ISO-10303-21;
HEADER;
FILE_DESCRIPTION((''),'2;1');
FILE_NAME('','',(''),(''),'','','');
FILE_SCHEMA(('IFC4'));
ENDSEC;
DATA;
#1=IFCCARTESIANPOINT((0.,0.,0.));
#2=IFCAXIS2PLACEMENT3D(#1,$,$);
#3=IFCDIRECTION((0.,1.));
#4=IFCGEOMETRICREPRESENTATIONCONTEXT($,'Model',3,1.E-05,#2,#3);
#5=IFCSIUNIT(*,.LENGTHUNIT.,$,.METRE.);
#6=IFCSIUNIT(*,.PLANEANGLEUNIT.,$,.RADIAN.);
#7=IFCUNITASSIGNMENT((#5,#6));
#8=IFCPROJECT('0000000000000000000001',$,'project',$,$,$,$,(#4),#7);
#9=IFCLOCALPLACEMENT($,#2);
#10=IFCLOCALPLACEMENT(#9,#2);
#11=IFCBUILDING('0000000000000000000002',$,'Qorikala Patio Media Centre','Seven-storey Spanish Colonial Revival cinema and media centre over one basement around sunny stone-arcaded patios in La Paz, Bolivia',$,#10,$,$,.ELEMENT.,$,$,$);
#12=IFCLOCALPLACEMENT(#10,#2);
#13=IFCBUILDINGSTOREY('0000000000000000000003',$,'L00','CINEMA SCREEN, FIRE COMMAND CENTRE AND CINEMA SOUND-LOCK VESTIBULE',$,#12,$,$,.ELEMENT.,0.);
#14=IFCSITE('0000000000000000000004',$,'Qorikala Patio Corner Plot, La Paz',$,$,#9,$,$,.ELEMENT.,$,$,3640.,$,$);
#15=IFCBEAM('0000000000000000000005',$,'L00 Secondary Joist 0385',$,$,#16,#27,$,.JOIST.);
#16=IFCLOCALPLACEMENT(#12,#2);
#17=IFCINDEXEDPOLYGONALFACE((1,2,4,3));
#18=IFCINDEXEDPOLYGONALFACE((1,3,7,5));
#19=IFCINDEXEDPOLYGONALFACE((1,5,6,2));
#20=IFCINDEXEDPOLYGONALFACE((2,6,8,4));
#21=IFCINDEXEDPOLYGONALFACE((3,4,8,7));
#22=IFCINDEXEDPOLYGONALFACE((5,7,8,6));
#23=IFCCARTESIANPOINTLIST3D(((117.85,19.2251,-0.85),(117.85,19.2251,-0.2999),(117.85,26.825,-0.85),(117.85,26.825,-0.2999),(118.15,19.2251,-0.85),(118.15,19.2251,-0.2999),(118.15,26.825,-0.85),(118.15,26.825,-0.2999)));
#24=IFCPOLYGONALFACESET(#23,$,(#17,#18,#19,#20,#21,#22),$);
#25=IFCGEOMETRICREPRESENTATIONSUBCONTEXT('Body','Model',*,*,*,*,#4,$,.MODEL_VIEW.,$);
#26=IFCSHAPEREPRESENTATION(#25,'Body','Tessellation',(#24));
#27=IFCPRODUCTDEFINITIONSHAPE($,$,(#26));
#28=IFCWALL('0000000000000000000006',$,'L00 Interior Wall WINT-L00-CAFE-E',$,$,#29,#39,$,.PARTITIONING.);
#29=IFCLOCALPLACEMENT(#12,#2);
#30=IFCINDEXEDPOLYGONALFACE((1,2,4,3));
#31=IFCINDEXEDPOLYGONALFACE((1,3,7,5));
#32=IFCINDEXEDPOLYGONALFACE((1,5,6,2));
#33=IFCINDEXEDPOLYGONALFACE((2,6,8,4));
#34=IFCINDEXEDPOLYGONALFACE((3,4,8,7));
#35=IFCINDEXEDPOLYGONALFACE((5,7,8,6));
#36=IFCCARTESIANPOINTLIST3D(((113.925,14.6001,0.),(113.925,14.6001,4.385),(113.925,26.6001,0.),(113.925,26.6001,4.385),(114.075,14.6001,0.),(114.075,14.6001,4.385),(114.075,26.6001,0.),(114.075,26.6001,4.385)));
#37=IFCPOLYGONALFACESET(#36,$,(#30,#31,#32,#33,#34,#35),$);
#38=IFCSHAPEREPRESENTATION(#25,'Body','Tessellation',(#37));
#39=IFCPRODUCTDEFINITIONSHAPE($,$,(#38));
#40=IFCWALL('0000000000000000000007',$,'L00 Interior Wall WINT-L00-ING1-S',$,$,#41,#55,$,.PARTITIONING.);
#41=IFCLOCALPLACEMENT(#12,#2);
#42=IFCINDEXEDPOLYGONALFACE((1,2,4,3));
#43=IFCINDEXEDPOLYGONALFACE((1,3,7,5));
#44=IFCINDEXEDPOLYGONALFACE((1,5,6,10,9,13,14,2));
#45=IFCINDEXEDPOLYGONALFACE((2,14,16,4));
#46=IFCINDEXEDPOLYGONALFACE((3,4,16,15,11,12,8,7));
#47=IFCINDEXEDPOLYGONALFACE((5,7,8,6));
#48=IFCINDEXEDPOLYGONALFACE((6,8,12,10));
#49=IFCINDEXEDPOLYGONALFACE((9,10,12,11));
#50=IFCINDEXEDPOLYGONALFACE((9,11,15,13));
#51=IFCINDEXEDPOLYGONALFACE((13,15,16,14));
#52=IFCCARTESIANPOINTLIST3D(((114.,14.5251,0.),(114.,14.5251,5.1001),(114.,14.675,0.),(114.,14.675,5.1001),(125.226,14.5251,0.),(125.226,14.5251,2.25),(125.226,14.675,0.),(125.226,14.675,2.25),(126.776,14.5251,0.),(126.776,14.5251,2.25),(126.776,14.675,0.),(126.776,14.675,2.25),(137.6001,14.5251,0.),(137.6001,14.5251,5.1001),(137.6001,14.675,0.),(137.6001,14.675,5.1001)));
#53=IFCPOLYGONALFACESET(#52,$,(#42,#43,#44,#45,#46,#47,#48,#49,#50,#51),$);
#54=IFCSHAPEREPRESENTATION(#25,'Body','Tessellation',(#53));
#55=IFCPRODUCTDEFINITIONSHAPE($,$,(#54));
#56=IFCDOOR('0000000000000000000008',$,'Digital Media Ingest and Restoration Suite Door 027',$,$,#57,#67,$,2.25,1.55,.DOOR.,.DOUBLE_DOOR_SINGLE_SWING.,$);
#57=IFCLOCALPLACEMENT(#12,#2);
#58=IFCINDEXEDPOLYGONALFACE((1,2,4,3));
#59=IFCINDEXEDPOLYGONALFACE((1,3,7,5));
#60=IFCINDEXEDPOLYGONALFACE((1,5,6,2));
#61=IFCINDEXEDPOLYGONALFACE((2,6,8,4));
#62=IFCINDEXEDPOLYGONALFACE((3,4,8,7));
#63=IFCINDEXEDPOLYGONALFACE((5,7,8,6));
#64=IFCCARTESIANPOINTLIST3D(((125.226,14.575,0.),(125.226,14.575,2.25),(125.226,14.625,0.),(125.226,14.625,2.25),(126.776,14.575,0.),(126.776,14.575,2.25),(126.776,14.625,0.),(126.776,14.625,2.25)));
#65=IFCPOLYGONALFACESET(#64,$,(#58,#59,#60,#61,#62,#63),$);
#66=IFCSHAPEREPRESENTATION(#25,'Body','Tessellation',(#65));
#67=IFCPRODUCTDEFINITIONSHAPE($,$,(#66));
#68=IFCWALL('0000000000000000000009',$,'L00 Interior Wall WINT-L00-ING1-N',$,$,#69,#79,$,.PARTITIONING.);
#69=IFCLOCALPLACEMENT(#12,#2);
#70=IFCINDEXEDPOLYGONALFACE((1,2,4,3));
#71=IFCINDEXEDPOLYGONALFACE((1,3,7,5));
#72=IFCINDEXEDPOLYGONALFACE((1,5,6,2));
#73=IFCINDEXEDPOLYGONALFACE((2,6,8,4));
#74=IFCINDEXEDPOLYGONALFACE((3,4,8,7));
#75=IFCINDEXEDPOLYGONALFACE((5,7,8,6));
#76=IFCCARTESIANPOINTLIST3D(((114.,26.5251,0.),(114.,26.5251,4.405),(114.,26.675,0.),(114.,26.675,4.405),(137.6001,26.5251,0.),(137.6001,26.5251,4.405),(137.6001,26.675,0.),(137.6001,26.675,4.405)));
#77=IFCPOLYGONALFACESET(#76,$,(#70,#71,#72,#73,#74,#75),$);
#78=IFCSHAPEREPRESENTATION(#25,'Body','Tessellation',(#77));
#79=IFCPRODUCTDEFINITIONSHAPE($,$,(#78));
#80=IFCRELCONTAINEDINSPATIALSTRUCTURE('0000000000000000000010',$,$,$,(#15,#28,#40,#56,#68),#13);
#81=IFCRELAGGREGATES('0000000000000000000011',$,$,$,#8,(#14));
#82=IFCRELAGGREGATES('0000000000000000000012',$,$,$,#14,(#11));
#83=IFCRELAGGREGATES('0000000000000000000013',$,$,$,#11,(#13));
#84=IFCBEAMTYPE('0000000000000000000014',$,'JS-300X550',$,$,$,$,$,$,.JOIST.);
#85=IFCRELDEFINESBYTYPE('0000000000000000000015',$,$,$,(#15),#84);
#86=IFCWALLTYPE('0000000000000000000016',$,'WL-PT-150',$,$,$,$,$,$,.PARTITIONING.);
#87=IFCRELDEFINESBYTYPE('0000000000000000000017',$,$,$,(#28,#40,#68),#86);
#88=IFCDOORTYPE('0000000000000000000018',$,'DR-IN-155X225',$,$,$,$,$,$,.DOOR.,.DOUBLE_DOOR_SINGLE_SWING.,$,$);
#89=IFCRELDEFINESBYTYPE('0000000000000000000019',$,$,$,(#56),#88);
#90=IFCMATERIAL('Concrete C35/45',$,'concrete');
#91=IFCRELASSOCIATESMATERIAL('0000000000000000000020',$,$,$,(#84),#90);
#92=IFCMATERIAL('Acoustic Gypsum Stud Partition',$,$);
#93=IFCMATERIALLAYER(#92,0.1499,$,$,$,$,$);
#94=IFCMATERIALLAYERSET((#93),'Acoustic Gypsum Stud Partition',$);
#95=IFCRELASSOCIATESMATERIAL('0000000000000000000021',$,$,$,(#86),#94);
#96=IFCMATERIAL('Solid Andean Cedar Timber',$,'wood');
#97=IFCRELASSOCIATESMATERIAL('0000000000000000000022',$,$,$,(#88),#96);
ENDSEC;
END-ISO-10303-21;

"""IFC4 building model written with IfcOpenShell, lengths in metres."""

from ifc_helpers import new_model, si_unit, direction, frame, frame_2d, origin, origin_2d, place, context, subcontext, project, spatial, rectangle, extrude, material, layer, layer_set, material_profile, profile_set, type_object, element, fill, save


model = new_model("IFC4")

# Units and contexts
model_context = context("Model", 3, precision=1e-05, world=origin(), true_north=direction((0.0, 1.0)))
body_context = subcontext(model_context, "Body", "Model", "MODEL_VIEW")
ifc_project = project(units=[si_unit("LENGTHUNIT", "METRE"), si_unit("PLANEANGLEUNIT", "RADIAN")], contexts=[model_context])

# Site, building, storey
site_placement = place(None, origin())
site = spatial("IfcSite", under=ifc_project, at=site_placement, Name="Qorikala Patio Corner Plot, La Paz", CompositionType="ELEMENT", RefElevation=3640.0)
building_placement = place(site_placement, origin())
building = spatial("IfcBuilding", under=site, at=building_placement, Name="Qorikala Patio Media Centre", Description="Seven-storey Spanish Colonial Revival cinema and media centre over one basement around sunny stone-arcaded patios in La Paz, Bolivia", CompositionType="ELEMENT")
storey_placement = place(building_placement, origin())
storey = spatial("IfcBuildingStorey", under=building, at=storey_placement, Name="L00", Description="CINEMA SCREEN, FIRE COMMAND CENTRE AND CINEMA SOUND-LOCK VESTIBULE", CompositionType="ELEMENT", Elevation=0.0)

# Shared definitions
ifc_material_1 = material(Name="Concrete C35/45", Category="concrete")

# Beam
ifc_material_profile_1 = material_profile(ifc_material_1, rectangle(XDim=0.3, YDim=0.55, at=origin_2d()), Name="RC 300x550")
ifc_profile_set_1 = profile_set([ifc_material_profile_1], Name="Concrete C35/45")
beam_type_1 = type_object("IfcBeamType", Name="JS-300X550", PredefinedType="JOIST", material=ifc_profile_set_1)
beam_1_placement = place(storey_placement, frame((118.0, 19.2251, -0.575), z_axis=(0.0, 1.0, 0.0), x_axis=(-1.0, 0.0, 0.0)))
element("IfcBeam", 1, at=beam_1_placement, inside=storey, type_object=beam_type_1, Name="L00 Secondary Joist 0385", PredefinedType="JOIST", context=body_context, shape_type="SweptSolid", body=[
    extrude(rectangle(XDim=0.3, YDim=0.55, at=origin_2d()), origin(), (0.0, 0.0, 1.0), 7.5999),
])

# Wall
ifc_material_2 = material(Name="Acoustic Gypsum Stud Partition")
ifc_layer = layer(ifc_material_2, 0.1499)
ifc_layer_set = layer_set([ifc_layer], Name="Acoustic Gypsum Stud Partition")
wall_type = type_object("IfcWallType", Name="WL-PT-150", PredefinedType="PARTITIONING", material=ifc_layer_set)
wall_1_placement = place(storey_placement, frame((114.0, 14.6001, 0.0), z_axis=(0.0, 0.0, 1.0), x_axis=(0.0, 1.0, 0.0)))
element("IfcWall", 2, at=wall_1_placement, inside=storey, type_object=wall_type, Name="L00 Interior Wall WINT-L00-CAFE-E", PredefinedType="PARTITIONING", context=body_context, shape_type="SweptSolid", body=[
    extrude(rectangle(XDim=12.0, YDim=0.1499, at=frame_2d((6.0, 0.0))), origin(), (0.0, 0.0, 1.0), 4.385),
])

# Wall, opening, door
wall_2_placement = place(storey_placement, frame((114.0, 14.6001, 0.0), z_axis=(0.0, 0.0, 1.0), x_axis=(1.0, 0.0, 0.0)))
wall_2 = element("IfcWall", 3, at=wall_2_placement, inside=storey, type_object=wall_type, Name="L00 Interior Wall WINT-L00-ING1-S", PredefinedType="PARTITIONING", context=body_context, shape_type="SweptSolid", body=[
    extrude(rectangle(XDim=23.6001, YDim=0.1499, at=frame_2d((11.8, 0.0))), origin(), (0.0, 0.0, 1.0), 5.1001),
])
opening_placement = place(wall_2_placement, frame((11.2261, 0.0, 0.0)))
opening = element("IfcOpeningElement", 4, at=opening_placement, cuts=wall_2, PredefinedType="OPENING", context=body_context, shape_type="SweptSolid", body=[
    extrude(rectangle(XDim=1.55, YDim=2.25, at=frame_2d((0.7749, 1.125))), frame((0.0, 0.085, 0.0), z_axis=(0.0, -1.0, 0.0), x_axis=(1.0, 0.0, 0.0)), (0.0, 0.0, 1.0), 0.1699),
])
ifc_material_3 = material(Name="Solid Andean Cedar Timber", Category="wood")
door_type = type_object("IfcDoorType", Name="DR-IN-155X225", OperationType="DOUBLE_DOOR_SINGLE_SWING", PredefinedType="DOOR", material=ifc_material_3)
door_placement = place(opening_placement, origin())
door = element("IfcDoor", 5, at=door_placement, inside=storey, type_object=door_type, Name="Digital Media Ingest and Restoration Suite Door 027", OperationType="DOUBLE_DOOR_SINGLE_SWING", OverallHeight=2.25, OverallWidth=1.55, PredefinedType="DOOR", context=body_context, shape_type="SweptSolid", body=[
    extrude(rectangle(XDim=1.55, YDim=2.25, at=frame_2d((0.7749, 1.125))), frame((0.0, 0.0249, 0.0), z_axis=(0.0, -1.0, 0.0), x_axis=(1.0, 0.0, 0.0)), (0.0, 0.0, 1.0), 0.05),
])
fill(opening, door)

# Wall
wall_3_placement = place(storey_placement, frame((114.0, 26.6001, 0.0), z_axis=(0.0, 0.0, 1.0), x_axis=(1.0, 0.0, 0.0)))
element("IfcWall", 6, at=wall_3_placement, inside=storey, type_object=wall_type, Name="L00 Interior Wall WINT-L00-ING1-N", PredefinedType="PARTITIONING", context=body_context, shape_type="SweptSolid", body=[
    extrude(rectangle(XDim=23.6001, YDim=0.1499, at=frame_2d((11.8, 0.0))), origin(), (0.0, 0.0, 1.0), 4.405),
])

save(model, "model.ifc")
